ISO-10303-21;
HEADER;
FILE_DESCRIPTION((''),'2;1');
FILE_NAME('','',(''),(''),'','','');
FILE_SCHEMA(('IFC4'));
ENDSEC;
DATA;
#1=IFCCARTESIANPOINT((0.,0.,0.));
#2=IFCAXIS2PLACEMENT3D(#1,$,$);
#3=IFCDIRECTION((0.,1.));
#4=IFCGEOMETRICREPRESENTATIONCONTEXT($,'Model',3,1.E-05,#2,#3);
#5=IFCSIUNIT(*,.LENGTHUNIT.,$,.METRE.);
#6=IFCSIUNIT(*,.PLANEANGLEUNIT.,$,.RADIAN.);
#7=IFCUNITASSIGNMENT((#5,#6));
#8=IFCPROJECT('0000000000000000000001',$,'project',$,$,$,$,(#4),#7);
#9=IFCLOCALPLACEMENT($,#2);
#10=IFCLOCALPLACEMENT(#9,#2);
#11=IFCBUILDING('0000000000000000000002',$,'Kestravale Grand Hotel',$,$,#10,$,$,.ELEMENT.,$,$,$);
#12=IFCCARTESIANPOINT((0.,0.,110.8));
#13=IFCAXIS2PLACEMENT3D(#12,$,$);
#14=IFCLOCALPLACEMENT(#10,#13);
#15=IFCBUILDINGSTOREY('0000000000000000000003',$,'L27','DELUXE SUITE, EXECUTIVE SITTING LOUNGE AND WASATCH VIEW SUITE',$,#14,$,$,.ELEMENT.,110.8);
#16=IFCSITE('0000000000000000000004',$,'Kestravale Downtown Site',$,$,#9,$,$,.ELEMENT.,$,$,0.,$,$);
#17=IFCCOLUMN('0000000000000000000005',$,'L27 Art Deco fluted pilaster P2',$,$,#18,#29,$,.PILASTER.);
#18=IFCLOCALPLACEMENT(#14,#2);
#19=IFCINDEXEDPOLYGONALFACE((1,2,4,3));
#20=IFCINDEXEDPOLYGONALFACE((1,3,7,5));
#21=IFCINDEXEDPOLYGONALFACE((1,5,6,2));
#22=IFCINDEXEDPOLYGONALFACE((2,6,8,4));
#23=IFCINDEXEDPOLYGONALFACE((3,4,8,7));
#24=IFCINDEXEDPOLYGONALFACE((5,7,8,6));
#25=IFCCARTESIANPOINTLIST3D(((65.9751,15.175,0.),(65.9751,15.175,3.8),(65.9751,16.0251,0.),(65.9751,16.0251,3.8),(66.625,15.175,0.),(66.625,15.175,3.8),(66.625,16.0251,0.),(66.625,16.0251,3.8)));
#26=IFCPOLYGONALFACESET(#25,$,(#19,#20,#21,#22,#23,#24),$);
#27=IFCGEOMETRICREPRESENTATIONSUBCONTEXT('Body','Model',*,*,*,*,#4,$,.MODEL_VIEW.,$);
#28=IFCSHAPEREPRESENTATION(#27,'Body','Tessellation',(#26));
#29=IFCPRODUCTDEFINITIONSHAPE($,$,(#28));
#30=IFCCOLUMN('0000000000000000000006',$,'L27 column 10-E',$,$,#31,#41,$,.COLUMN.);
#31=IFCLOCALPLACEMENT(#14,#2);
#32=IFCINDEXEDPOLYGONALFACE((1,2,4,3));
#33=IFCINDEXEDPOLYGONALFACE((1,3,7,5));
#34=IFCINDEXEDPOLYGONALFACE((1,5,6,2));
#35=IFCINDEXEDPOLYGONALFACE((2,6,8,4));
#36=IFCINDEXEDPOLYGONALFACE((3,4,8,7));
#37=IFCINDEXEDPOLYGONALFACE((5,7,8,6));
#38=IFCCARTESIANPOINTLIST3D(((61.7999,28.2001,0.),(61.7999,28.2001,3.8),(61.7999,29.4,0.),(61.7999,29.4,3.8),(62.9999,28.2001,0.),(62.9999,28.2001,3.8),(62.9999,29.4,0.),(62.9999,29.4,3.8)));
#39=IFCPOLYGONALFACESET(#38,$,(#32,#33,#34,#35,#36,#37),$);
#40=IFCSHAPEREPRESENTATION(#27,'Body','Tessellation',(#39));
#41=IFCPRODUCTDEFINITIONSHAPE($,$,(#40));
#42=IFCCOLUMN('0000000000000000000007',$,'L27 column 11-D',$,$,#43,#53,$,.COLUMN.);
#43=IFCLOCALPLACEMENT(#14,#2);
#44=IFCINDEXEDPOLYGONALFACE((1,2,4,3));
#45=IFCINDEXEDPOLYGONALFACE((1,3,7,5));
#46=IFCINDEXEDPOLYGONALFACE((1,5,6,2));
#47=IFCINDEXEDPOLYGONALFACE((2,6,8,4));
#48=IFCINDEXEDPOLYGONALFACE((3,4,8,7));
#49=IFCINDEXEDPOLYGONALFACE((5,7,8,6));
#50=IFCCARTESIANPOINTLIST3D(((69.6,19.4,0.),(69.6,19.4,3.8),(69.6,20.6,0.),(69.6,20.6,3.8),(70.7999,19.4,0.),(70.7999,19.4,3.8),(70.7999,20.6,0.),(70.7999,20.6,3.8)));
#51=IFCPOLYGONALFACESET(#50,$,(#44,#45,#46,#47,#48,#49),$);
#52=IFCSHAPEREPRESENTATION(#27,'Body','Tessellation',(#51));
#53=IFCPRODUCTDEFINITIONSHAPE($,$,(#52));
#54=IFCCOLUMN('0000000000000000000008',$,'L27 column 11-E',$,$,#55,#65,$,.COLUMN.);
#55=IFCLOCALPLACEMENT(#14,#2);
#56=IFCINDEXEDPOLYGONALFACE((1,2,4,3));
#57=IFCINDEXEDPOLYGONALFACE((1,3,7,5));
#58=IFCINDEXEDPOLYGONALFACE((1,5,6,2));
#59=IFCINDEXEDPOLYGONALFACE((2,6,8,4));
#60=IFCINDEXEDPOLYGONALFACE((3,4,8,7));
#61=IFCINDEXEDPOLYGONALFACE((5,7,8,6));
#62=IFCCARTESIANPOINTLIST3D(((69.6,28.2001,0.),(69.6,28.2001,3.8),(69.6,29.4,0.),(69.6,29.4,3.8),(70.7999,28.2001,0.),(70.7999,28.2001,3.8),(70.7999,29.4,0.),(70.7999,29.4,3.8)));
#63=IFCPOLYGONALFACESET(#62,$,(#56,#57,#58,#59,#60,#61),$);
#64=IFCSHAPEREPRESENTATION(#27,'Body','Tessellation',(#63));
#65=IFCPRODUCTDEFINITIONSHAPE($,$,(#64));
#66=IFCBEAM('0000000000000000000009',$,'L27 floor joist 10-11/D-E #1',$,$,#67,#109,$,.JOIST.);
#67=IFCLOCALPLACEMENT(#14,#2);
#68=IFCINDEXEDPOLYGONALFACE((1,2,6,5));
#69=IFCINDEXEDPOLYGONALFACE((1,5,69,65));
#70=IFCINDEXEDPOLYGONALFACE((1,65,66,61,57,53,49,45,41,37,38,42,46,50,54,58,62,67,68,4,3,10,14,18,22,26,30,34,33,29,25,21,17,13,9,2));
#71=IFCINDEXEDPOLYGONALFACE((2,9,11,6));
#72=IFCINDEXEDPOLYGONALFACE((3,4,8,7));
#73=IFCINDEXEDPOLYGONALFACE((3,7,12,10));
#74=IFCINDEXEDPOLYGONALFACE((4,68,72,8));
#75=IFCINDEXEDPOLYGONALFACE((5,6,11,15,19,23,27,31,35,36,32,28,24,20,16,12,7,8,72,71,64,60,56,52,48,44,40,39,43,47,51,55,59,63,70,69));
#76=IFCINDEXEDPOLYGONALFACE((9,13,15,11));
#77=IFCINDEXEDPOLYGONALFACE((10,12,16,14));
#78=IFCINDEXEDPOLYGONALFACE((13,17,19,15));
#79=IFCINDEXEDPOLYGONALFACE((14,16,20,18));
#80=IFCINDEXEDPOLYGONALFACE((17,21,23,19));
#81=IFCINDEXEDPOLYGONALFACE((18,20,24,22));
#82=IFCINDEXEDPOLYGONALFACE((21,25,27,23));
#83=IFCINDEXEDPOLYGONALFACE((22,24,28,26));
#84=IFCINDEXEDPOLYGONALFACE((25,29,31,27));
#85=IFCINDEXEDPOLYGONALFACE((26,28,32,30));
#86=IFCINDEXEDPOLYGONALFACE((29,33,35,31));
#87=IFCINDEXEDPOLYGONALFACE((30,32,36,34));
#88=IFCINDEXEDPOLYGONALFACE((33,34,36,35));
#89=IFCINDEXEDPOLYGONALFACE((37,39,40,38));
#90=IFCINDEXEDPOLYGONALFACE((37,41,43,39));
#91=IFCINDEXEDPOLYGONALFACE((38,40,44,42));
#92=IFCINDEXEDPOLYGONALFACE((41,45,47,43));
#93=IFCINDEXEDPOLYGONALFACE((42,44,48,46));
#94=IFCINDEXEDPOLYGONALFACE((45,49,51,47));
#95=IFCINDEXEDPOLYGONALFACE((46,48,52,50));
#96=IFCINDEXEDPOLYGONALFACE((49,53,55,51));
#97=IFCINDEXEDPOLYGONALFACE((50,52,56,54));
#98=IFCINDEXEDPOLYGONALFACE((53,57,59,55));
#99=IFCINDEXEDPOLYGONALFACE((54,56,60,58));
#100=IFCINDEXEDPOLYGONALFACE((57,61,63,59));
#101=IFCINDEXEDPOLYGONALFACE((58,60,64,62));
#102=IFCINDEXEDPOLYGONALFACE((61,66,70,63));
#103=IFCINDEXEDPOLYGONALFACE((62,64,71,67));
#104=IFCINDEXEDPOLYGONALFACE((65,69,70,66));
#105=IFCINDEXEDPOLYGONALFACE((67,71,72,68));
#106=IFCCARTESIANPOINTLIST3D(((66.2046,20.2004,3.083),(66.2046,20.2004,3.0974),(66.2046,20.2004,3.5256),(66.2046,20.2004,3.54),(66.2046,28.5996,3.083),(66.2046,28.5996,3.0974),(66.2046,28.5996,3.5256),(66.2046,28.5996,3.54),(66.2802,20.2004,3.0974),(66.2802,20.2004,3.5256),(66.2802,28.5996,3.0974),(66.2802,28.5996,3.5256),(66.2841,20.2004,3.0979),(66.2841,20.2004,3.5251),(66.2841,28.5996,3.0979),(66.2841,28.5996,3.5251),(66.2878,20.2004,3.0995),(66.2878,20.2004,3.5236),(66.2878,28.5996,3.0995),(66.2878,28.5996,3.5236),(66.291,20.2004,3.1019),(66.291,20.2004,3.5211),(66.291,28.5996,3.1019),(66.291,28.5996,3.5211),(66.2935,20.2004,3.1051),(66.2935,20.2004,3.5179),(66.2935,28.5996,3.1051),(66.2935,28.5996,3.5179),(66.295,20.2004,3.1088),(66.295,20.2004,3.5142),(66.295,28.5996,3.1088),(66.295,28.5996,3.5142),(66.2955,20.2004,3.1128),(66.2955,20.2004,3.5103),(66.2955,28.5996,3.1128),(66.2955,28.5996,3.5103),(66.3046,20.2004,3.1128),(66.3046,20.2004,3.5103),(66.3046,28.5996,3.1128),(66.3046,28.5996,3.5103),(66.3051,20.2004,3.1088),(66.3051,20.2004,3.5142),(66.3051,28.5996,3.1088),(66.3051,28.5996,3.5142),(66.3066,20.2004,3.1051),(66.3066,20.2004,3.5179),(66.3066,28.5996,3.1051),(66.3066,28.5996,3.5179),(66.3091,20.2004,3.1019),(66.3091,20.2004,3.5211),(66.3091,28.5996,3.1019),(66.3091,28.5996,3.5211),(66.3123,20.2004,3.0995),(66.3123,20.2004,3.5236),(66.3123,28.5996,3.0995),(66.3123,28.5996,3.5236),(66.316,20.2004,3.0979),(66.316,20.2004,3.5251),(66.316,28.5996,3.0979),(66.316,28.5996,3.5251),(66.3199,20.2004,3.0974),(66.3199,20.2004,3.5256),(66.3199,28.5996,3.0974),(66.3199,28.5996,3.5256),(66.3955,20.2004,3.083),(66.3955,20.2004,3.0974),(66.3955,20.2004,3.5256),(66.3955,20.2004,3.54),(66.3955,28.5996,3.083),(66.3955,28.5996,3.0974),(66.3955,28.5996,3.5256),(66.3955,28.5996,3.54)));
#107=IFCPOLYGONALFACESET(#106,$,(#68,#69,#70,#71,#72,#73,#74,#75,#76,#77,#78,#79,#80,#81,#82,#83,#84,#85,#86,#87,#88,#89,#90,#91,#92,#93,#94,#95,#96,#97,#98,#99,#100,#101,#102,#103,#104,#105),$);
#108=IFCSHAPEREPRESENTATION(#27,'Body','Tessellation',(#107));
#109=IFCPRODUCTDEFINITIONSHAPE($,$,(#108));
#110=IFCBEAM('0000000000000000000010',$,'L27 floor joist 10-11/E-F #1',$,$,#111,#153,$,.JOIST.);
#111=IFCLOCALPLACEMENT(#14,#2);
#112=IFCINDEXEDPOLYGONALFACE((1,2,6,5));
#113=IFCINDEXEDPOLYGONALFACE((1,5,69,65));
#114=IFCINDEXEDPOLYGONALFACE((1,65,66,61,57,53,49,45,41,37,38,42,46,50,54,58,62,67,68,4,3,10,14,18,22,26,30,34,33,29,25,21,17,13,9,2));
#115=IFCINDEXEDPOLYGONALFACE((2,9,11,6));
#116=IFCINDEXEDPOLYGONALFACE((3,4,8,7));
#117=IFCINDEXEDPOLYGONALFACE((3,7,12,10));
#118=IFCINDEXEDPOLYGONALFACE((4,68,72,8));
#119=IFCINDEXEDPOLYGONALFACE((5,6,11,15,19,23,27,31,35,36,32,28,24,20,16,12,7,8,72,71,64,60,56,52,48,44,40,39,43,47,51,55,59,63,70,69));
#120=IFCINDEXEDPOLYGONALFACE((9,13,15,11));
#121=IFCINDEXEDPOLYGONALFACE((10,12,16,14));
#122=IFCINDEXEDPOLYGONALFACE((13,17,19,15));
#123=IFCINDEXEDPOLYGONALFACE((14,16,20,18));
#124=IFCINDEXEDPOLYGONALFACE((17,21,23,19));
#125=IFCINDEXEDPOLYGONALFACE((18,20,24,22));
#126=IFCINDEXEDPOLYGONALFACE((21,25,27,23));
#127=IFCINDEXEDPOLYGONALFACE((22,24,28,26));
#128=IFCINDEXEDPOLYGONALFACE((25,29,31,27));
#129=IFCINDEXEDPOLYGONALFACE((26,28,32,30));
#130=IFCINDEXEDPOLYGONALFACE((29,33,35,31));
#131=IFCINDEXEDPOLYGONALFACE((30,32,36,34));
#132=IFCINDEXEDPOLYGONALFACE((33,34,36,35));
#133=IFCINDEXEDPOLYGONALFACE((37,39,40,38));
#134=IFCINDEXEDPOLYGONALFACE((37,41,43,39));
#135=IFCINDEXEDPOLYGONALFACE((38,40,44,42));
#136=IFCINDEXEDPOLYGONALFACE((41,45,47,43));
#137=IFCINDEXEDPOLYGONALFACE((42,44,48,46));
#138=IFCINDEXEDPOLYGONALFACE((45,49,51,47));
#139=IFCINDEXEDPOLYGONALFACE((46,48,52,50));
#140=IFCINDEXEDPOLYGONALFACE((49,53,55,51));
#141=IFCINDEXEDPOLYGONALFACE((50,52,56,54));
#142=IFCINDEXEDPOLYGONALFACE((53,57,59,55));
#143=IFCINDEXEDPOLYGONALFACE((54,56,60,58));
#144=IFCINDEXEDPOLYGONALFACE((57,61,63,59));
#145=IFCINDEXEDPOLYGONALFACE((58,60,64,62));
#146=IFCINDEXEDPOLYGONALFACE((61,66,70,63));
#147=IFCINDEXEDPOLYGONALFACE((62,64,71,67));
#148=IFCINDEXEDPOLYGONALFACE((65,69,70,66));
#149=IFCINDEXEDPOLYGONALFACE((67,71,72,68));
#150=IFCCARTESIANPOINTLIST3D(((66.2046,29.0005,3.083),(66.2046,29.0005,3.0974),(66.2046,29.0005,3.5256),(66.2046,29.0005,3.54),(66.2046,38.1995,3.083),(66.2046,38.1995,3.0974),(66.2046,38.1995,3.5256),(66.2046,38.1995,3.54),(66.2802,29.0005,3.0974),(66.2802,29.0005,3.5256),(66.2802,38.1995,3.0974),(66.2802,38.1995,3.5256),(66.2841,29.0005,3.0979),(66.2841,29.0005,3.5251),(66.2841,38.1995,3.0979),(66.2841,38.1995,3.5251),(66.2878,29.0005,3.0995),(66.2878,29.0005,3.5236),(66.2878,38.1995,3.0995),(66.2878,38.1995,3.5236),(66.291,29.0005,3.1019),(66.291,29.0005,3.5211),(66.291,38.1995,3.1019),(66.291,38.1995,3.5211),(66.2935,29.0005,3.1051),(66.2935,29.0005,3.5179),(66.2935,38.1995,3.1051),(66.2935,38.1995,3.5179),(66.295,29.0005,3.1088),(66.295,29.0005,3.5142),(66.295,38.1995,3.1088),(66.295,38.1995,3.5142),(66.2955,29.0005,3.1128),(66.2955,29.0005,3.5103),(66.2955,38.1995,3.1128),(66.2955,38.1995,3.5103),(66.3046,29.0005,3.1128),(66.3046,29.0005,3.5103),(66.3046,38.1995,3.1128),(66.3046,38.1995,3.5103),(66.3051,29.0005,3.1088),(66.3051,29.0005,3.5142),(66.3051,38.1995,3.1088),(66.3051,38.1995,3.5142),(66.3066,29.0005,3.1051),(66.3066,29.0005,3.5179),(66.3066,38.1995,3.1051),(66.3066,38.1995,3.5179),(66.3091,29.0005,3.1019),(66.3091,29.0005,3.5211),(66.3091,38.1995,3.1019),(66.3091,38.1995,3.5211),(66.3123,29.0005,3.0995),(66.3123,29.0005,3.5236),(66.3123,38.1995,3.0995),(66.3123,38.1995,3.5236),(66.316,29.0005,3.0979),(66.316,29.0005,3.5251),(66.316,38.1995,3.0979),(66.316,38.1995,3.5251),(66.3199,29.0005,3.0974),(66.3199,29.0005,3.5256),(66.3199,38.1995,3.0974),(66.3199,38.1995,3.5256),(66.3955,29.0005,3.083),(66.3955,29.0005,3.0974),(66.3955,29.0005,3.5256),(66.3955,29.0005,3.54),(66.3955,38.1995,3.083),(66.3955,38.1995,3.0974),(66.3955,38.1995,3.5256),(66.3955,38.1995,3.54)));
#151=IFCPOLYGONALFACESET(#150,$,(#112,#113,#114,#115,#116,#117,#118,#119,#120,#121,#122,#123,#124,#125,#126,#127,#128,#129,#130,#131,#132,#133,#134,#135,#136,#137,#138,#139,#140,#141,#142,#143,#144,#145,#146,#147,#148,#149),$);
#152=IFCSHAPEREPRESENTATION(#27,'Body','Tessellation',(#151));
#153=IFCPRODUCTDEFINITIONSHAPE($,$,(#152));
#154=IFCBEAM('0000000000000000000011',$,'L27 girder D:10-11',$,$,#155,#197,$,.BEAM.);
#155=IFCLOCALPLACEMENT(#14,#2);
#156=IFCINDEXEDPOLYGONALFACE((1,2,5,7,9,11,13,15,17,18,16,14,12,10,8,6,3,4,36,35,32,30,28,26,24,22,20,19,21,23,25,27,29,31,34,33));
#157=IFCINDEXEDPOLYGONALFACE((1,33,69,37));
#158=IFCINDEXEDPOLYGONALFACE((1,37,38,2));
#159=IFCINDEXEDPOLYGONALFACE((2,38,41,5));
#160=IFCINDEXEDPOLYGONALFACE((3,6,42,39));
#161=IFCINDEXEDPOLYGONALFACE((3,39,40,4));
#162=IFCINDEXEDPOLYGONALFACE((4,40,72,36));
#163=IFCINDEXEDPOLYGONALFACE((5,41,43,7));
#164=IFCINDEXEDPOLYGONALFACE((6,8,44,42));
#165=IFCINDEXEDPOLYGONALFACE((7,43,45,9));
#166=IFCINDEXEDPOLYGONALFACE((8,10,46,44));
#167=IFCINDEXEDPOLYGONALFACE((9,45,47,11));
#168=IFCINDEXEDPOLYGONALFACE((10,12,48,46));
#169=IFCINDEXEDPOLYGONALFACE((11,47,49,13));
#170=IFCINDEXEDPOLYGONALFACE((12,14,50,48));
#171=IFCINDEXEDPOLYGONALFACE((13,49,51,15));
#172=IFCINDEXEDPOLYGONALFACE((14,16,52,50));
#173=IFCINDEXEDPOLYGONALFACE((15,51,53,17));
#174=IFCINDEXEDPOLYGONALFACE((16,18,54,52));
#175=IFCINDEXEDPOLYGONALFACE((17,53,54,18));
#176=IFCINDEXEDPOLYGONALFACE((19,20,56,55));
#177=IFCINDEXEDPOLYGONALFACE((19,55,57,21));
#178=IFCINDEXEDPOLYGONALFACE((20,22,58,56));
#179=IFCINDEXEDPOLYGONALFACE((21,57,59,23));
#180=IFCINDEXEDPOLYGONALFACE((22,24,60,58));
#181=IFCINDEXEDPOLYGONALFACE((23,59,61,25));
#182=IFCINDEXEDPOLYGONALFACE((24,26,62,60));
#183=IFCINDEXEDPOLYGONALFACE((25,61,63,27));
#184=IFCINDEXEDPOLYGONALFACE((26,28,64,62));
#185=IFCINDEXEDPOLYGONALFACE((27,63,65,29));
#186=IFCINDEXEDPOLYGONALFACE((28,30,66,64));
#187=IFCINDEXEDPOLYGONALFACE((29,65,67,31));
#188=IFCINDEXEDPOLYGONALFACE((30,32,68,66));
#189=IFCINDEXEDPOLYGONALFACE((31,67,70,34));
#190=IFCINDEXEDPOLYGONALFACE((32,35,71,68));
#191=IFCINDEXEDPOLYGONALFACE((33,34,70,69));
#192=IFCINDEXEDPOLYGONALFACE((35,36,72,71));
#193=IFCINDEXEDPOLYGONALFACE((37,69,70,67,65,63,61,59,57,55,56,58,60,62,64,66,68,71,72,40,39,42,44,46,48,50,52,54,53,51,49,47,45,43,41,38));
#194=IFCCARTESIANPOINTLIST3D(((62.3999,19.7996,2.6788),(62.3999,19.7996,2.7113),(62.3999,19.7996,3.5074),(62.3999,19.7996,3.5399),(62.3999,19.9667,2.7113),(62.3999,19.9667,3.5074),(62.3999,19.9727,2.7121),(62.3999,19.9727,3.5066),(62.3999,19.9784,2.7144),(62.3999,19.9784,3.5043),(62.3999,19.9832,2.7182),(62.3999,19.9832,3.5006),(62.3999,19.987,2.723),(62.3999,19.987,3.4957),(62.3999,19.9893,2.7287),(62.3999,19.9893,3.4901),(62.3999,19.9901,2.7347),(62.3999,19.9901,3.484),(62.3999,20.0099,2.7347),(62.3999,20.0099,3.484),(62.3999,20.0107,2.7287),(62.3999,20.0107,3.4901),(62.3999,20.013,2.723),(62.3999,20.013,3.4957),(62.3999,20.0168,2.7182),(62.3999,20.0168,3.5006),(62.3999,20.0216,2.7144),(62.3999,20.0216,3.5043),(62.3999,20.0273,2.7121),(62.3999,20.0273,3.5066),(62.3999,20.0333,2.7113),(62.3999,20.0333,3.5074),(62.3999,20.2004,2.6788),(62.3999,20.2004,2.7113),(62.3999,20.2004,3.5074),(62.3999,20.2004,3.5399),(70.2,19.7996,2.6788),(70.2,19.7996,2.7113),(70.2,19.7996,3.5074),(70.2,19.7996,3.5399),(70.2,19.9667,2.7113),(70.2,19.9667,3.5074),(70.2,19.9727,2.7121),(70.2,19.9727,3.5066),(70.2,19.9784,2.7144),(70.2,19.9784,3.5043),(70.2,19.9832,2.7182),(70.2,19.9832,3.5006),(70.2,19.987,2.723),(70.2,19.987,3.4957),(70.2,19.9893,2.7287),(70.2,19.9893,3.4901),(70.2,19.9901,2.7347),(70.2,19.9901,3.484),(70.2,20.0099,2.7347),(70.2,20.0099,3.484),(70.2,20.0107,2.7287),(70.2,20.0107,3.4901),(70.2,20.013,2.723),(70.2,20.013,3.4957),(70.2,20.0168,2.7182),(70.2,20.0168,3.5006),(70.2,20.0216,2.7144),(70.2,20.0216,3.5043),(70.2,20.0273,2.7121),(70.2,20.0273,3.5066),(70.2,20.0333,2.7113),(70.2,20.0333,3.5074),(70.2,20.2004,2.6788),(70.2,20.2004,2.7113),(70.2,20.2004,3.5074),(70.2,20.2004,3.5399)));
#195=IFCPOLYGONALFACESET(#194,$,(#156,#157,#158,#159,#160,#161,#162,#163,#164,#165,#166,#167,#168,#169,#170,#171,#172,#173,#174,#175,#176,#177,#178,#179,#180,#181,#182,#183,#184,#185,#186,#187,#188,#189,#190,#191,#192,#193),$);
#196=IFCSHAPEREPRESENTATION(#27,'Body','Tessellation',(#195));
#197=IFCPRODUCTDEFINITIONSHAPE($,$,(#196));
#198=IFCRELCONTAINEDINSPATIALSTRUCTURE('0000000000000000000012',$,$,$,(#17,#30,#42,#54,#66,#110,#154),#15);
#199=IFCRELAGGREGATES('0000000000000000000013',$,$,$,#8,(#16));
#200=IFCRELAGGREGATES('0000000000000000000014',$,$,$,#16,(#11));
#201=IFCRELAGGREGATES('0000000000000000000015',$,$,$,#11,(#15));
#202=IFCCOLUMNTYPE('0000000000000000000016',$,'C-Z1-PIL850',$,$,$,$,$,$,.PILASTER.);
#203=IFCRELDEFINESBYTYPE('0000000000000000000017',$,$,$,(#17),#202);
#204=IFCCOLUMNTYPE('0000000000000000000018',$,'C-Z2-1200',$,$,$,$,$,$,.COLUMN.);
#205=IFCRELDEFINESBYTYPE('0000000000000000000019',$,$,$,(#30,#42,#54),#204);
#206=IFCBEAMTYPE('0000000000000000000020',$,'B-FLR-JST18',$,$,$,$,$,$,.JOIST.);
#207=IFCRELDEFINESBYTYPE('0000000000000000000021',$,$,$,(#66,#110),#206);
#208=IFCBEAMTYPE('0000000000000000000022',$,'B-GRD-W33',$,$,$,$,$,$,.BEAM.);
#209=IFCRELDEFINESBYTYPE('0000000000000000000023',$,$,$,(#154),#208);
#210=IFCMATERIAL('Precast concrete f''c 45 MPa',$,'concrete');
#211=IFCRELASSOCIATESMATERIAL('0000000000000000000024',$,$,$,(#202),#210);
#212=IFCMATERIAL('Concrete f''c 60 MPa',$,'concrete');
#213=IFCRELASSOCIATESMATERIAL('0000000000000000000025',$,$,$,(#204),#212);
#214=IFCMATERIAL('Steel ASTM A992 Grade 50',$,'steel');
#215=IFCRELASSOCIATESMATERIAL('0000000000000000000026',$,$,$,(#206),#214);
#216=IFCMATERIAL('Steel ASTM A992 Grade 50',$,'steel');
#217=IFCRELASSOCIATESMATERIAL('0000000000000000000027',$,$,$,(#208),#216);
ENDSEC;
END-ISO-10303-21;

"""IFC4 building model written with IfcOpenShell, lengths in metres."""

from ifc_helpers import new_model, si_unit, direction, frame, origin, origin_2d, place, context, subcontext, project, spatial, rectangle, i_section, extrude, material, material_profile, profile_set, type_object, element, save


model = new_model("IFC4")

# Units and contexts
model_context = context("Model", 3, precision=1e-05, world=origin(), true_north=direction((0.0, 1.0)))
body_context = subcontext(model_context, "Body", "Model", "MODEL_VIEW")
ifc_project = project(units=[si_unit("LENGTHUNIT", "METRE"), si_unit("PLANEANGLEUNIT", "RADIAN")], contexts=[model_context])

# Site, building, storey
site_placement = place(None, origin())
site = spatial("IfcSite", under=ifc_project, at=site_placement, Name="Kestravale Downtown Site", CompositionType="ELEMENT", RefElevation=0.0)
building_placement = place(site_placement, origin())
building = spatial("IfcBuilding", under=site, at=building_placement, Name="Kestravale Grand Hotel", CompositionType="ELEMENT")
storey_placement = place(building_placement, frame((0.0, 0.0, 110.8)))
storey = spatial("IfcBuildingStorey", under=building, at=storey_placement, Name="L27", Description="DELUXE SUITE, EXECUTIVE SITTING LOUNGE AND WASATCH VIEW SUITE", CompositionType="ELEMENT", Elevation=110.8)

# Columns
ifc_material_1 = material(Name="Precast concrete f'c 45 MPa", Category="concrete")
ifc_material_profile_1 = material_profile(ifc_material_1, rectangle(XDim=0.6499, YDim=0.8501, at=origin_2d()))
ifc_profile_set_1 = profile_set([ifc_material_profile_1], Name="Precast concrete f'c 45 MPa")
column_type_1 = type_object("IfcColumnType", Name="C-Z1-PIL850", PredefinedType="PILASTER", material=ifc_profile_set_1)
column_placement = place(storey_placement, frame((66.3, 15.6001, 0.0), z_axis=(0.0, 0.0, 1.0), x_axis=(1.0, 0.0, 0.0)))
element("IfcColumn", 1, at=column_placement, inside=storey, type_object=column_type_1, Name="L27 Art Deco fluted pilaster P2", PredefinedType="PILASTER", context=body_context, shape_type="SweptSolid", body=[
    extrude(rectangle(XDim=0.6499, YDim=0.8501, at=origin_2d()), origin(), (0.0, 0.0, 1.0), 3.8),
])
ifc_material_2 = material(Name="Concrete f'c 60 MPa", Category="concrete")
ifc_material_profile_2 = material_profile(ifc_material_2, rectangle(XDim=1.2, YDim=1.2, at=origin_2d()))
ifc_profile_set_2 = profile_set([ifc_material_profile_2], Name="Concrete f'c 60 MPa")
column_type_2 = type_object("IfcColumnType", Name="C-Z2-1200", PredefinedType="COLUMN", material=ifc_profile_set_2)
for number, where, z_axis, x_axis, name in (
    (2, (62.3999, 28.8, 0.0), (0.0, 0.0, 1.0), (1.0, 0.0, 0.0), "L27 column 10-E"),
    (3, (70.2, 20.0, 0.0), (0.0, 0.0, 1.0), (1.0, 0.0, 0.0), "L27 column 11-D"),
    (4, (70.2, 28.8, 0.0), (0.0, 0.0, 1.0), (1.0, 0.0, 0.0), "L27 column 11-E"),
):
    element("IfcColumn", number, at=place(storey_placement, frame(where, z_axis=z_axis, x_axis=x_axis)), inside=storey, type_object=column_type_2, Name=name, PredefinedType="COLUMN", context=body_context, shape_type="SweptSolid", body=[
        extrude(rectangle(XDim=1.2, YDim=1.2, at=origin_2d()), origin(), (0.0, 0.0, 1.0), 3.8),
    ])

# Beams
ifc_material_3 = material(Name="Steel ASTM A992 Grade 50", Category="steel")
ifc_material_profile_3 = material_profile(ifc_material_3, i_section(OverallWidth=0.1909, OverallDepth=0.457, WebThickness=0.009, FlangeThickness=0.0144, FilletRadius=0.0154, at=origin_2d()))
ifc_profile_set_3 = profile_set([ifc_material_profile_3], Name="Steel ASTM A992 Grade 50")
beam_type_1 = type_object("IfcBeamType", Name="B-FLR-JST18", PredefinedType="JOIST", material=ifc_profile_set_3)
beam_1_placement = place(storey_placement, frame((66.3, 20.2004, 3.3115), z_axis=(0.0, 1.0, 0.0), x_axis=(-1.0, 0.0, 0.0)))
element("IfcBeam", 5, at=beam_1_placement, inside=storey, type_object=beam_type_1, Name="L27 floor joist 10-11/D-E #1", PredefinedType="JOIST", context=body_context, shape_type="SweptSolid", body=[
    extrude(i_section(OverallWidth=0.1909, OverallDepth=0.457, WebThickness=0.009, FlangeThickness=0.0144, FilletRadius=0.0154, at=origin_2d()), origin(), (0.0, 0.0, 1.0), 8.3992),
])
beam_2_placement = place(storey_placement, frame((66.3, 29.0005, 3.3115), z_axis=(0.0, 1.0, 0.0), x_axis=(-1.0, 0.0, 0.0)))
element("IfcBeam", 6, at=beam_2_placement, inside=storey, type_object=beam_type_1, Name="L27 floor joist 10-11/E-F #1", PredefinedType="JOIST", context=body_context, shape_type="SweptSolid", body=[
    extrude(i_section(OverallWidth=0.1909, OverallDepth=0.457, WebThickness=0.009, FlangeThickness=0.0144, FilletRadius=0.0154, at=origin_2d()), origin(), (0.0, 0.0, 1.0), 9.199),
])
ifc_material_4 = material(Name="Steel ASTM A992 Grade 50", Category="steel")
ifc_material_profile_4 = material_profile(ifc_material_4, i_section(OverallWidth=0.4009, OverallDepth=0.8611, WebThickness=0.0198, FlangeThickness=0.0325, FilletRadius=0.0234, at=origin_2d()))
ifc_profile_set_4 = profile_set([ifc_material_profile_4], Name="Steel ASTM A992 Grade 50")
beam_type_2 = type_object("IfcBeamType", Name="B-GRD-W33", PredefinedType="BEAM", material=ifc_profile_set_4)
for number, where, z_axis, x_axis, name in (
    (7, (62.3999, 20.0, 3.1094), (1.0, 0.0, 0.0), (0.0, 1.0, 0.0), "L27 girder D:10-11"),
):
    element("IfcBeam", number, at=place(storey_placement, frame(where, z_axis=z_axis, x_axis=x_axis)), inside=storey, type_object=beam_type_2, Name=name, PredefinedType="BEAM", context=body_context, shape_type="SweptSolid", body=[
        extrude(i_section(OverallWidth=0.4009, OverallDepth=0.8611, WebThickness=0.0198, FlangeThickness=0.0325, FilletRadius=0.0234, at=origin_2d()), origin(), (0.0, 0.0, 1.0), 7.8),
    ])

save(model, "model.ifc")
